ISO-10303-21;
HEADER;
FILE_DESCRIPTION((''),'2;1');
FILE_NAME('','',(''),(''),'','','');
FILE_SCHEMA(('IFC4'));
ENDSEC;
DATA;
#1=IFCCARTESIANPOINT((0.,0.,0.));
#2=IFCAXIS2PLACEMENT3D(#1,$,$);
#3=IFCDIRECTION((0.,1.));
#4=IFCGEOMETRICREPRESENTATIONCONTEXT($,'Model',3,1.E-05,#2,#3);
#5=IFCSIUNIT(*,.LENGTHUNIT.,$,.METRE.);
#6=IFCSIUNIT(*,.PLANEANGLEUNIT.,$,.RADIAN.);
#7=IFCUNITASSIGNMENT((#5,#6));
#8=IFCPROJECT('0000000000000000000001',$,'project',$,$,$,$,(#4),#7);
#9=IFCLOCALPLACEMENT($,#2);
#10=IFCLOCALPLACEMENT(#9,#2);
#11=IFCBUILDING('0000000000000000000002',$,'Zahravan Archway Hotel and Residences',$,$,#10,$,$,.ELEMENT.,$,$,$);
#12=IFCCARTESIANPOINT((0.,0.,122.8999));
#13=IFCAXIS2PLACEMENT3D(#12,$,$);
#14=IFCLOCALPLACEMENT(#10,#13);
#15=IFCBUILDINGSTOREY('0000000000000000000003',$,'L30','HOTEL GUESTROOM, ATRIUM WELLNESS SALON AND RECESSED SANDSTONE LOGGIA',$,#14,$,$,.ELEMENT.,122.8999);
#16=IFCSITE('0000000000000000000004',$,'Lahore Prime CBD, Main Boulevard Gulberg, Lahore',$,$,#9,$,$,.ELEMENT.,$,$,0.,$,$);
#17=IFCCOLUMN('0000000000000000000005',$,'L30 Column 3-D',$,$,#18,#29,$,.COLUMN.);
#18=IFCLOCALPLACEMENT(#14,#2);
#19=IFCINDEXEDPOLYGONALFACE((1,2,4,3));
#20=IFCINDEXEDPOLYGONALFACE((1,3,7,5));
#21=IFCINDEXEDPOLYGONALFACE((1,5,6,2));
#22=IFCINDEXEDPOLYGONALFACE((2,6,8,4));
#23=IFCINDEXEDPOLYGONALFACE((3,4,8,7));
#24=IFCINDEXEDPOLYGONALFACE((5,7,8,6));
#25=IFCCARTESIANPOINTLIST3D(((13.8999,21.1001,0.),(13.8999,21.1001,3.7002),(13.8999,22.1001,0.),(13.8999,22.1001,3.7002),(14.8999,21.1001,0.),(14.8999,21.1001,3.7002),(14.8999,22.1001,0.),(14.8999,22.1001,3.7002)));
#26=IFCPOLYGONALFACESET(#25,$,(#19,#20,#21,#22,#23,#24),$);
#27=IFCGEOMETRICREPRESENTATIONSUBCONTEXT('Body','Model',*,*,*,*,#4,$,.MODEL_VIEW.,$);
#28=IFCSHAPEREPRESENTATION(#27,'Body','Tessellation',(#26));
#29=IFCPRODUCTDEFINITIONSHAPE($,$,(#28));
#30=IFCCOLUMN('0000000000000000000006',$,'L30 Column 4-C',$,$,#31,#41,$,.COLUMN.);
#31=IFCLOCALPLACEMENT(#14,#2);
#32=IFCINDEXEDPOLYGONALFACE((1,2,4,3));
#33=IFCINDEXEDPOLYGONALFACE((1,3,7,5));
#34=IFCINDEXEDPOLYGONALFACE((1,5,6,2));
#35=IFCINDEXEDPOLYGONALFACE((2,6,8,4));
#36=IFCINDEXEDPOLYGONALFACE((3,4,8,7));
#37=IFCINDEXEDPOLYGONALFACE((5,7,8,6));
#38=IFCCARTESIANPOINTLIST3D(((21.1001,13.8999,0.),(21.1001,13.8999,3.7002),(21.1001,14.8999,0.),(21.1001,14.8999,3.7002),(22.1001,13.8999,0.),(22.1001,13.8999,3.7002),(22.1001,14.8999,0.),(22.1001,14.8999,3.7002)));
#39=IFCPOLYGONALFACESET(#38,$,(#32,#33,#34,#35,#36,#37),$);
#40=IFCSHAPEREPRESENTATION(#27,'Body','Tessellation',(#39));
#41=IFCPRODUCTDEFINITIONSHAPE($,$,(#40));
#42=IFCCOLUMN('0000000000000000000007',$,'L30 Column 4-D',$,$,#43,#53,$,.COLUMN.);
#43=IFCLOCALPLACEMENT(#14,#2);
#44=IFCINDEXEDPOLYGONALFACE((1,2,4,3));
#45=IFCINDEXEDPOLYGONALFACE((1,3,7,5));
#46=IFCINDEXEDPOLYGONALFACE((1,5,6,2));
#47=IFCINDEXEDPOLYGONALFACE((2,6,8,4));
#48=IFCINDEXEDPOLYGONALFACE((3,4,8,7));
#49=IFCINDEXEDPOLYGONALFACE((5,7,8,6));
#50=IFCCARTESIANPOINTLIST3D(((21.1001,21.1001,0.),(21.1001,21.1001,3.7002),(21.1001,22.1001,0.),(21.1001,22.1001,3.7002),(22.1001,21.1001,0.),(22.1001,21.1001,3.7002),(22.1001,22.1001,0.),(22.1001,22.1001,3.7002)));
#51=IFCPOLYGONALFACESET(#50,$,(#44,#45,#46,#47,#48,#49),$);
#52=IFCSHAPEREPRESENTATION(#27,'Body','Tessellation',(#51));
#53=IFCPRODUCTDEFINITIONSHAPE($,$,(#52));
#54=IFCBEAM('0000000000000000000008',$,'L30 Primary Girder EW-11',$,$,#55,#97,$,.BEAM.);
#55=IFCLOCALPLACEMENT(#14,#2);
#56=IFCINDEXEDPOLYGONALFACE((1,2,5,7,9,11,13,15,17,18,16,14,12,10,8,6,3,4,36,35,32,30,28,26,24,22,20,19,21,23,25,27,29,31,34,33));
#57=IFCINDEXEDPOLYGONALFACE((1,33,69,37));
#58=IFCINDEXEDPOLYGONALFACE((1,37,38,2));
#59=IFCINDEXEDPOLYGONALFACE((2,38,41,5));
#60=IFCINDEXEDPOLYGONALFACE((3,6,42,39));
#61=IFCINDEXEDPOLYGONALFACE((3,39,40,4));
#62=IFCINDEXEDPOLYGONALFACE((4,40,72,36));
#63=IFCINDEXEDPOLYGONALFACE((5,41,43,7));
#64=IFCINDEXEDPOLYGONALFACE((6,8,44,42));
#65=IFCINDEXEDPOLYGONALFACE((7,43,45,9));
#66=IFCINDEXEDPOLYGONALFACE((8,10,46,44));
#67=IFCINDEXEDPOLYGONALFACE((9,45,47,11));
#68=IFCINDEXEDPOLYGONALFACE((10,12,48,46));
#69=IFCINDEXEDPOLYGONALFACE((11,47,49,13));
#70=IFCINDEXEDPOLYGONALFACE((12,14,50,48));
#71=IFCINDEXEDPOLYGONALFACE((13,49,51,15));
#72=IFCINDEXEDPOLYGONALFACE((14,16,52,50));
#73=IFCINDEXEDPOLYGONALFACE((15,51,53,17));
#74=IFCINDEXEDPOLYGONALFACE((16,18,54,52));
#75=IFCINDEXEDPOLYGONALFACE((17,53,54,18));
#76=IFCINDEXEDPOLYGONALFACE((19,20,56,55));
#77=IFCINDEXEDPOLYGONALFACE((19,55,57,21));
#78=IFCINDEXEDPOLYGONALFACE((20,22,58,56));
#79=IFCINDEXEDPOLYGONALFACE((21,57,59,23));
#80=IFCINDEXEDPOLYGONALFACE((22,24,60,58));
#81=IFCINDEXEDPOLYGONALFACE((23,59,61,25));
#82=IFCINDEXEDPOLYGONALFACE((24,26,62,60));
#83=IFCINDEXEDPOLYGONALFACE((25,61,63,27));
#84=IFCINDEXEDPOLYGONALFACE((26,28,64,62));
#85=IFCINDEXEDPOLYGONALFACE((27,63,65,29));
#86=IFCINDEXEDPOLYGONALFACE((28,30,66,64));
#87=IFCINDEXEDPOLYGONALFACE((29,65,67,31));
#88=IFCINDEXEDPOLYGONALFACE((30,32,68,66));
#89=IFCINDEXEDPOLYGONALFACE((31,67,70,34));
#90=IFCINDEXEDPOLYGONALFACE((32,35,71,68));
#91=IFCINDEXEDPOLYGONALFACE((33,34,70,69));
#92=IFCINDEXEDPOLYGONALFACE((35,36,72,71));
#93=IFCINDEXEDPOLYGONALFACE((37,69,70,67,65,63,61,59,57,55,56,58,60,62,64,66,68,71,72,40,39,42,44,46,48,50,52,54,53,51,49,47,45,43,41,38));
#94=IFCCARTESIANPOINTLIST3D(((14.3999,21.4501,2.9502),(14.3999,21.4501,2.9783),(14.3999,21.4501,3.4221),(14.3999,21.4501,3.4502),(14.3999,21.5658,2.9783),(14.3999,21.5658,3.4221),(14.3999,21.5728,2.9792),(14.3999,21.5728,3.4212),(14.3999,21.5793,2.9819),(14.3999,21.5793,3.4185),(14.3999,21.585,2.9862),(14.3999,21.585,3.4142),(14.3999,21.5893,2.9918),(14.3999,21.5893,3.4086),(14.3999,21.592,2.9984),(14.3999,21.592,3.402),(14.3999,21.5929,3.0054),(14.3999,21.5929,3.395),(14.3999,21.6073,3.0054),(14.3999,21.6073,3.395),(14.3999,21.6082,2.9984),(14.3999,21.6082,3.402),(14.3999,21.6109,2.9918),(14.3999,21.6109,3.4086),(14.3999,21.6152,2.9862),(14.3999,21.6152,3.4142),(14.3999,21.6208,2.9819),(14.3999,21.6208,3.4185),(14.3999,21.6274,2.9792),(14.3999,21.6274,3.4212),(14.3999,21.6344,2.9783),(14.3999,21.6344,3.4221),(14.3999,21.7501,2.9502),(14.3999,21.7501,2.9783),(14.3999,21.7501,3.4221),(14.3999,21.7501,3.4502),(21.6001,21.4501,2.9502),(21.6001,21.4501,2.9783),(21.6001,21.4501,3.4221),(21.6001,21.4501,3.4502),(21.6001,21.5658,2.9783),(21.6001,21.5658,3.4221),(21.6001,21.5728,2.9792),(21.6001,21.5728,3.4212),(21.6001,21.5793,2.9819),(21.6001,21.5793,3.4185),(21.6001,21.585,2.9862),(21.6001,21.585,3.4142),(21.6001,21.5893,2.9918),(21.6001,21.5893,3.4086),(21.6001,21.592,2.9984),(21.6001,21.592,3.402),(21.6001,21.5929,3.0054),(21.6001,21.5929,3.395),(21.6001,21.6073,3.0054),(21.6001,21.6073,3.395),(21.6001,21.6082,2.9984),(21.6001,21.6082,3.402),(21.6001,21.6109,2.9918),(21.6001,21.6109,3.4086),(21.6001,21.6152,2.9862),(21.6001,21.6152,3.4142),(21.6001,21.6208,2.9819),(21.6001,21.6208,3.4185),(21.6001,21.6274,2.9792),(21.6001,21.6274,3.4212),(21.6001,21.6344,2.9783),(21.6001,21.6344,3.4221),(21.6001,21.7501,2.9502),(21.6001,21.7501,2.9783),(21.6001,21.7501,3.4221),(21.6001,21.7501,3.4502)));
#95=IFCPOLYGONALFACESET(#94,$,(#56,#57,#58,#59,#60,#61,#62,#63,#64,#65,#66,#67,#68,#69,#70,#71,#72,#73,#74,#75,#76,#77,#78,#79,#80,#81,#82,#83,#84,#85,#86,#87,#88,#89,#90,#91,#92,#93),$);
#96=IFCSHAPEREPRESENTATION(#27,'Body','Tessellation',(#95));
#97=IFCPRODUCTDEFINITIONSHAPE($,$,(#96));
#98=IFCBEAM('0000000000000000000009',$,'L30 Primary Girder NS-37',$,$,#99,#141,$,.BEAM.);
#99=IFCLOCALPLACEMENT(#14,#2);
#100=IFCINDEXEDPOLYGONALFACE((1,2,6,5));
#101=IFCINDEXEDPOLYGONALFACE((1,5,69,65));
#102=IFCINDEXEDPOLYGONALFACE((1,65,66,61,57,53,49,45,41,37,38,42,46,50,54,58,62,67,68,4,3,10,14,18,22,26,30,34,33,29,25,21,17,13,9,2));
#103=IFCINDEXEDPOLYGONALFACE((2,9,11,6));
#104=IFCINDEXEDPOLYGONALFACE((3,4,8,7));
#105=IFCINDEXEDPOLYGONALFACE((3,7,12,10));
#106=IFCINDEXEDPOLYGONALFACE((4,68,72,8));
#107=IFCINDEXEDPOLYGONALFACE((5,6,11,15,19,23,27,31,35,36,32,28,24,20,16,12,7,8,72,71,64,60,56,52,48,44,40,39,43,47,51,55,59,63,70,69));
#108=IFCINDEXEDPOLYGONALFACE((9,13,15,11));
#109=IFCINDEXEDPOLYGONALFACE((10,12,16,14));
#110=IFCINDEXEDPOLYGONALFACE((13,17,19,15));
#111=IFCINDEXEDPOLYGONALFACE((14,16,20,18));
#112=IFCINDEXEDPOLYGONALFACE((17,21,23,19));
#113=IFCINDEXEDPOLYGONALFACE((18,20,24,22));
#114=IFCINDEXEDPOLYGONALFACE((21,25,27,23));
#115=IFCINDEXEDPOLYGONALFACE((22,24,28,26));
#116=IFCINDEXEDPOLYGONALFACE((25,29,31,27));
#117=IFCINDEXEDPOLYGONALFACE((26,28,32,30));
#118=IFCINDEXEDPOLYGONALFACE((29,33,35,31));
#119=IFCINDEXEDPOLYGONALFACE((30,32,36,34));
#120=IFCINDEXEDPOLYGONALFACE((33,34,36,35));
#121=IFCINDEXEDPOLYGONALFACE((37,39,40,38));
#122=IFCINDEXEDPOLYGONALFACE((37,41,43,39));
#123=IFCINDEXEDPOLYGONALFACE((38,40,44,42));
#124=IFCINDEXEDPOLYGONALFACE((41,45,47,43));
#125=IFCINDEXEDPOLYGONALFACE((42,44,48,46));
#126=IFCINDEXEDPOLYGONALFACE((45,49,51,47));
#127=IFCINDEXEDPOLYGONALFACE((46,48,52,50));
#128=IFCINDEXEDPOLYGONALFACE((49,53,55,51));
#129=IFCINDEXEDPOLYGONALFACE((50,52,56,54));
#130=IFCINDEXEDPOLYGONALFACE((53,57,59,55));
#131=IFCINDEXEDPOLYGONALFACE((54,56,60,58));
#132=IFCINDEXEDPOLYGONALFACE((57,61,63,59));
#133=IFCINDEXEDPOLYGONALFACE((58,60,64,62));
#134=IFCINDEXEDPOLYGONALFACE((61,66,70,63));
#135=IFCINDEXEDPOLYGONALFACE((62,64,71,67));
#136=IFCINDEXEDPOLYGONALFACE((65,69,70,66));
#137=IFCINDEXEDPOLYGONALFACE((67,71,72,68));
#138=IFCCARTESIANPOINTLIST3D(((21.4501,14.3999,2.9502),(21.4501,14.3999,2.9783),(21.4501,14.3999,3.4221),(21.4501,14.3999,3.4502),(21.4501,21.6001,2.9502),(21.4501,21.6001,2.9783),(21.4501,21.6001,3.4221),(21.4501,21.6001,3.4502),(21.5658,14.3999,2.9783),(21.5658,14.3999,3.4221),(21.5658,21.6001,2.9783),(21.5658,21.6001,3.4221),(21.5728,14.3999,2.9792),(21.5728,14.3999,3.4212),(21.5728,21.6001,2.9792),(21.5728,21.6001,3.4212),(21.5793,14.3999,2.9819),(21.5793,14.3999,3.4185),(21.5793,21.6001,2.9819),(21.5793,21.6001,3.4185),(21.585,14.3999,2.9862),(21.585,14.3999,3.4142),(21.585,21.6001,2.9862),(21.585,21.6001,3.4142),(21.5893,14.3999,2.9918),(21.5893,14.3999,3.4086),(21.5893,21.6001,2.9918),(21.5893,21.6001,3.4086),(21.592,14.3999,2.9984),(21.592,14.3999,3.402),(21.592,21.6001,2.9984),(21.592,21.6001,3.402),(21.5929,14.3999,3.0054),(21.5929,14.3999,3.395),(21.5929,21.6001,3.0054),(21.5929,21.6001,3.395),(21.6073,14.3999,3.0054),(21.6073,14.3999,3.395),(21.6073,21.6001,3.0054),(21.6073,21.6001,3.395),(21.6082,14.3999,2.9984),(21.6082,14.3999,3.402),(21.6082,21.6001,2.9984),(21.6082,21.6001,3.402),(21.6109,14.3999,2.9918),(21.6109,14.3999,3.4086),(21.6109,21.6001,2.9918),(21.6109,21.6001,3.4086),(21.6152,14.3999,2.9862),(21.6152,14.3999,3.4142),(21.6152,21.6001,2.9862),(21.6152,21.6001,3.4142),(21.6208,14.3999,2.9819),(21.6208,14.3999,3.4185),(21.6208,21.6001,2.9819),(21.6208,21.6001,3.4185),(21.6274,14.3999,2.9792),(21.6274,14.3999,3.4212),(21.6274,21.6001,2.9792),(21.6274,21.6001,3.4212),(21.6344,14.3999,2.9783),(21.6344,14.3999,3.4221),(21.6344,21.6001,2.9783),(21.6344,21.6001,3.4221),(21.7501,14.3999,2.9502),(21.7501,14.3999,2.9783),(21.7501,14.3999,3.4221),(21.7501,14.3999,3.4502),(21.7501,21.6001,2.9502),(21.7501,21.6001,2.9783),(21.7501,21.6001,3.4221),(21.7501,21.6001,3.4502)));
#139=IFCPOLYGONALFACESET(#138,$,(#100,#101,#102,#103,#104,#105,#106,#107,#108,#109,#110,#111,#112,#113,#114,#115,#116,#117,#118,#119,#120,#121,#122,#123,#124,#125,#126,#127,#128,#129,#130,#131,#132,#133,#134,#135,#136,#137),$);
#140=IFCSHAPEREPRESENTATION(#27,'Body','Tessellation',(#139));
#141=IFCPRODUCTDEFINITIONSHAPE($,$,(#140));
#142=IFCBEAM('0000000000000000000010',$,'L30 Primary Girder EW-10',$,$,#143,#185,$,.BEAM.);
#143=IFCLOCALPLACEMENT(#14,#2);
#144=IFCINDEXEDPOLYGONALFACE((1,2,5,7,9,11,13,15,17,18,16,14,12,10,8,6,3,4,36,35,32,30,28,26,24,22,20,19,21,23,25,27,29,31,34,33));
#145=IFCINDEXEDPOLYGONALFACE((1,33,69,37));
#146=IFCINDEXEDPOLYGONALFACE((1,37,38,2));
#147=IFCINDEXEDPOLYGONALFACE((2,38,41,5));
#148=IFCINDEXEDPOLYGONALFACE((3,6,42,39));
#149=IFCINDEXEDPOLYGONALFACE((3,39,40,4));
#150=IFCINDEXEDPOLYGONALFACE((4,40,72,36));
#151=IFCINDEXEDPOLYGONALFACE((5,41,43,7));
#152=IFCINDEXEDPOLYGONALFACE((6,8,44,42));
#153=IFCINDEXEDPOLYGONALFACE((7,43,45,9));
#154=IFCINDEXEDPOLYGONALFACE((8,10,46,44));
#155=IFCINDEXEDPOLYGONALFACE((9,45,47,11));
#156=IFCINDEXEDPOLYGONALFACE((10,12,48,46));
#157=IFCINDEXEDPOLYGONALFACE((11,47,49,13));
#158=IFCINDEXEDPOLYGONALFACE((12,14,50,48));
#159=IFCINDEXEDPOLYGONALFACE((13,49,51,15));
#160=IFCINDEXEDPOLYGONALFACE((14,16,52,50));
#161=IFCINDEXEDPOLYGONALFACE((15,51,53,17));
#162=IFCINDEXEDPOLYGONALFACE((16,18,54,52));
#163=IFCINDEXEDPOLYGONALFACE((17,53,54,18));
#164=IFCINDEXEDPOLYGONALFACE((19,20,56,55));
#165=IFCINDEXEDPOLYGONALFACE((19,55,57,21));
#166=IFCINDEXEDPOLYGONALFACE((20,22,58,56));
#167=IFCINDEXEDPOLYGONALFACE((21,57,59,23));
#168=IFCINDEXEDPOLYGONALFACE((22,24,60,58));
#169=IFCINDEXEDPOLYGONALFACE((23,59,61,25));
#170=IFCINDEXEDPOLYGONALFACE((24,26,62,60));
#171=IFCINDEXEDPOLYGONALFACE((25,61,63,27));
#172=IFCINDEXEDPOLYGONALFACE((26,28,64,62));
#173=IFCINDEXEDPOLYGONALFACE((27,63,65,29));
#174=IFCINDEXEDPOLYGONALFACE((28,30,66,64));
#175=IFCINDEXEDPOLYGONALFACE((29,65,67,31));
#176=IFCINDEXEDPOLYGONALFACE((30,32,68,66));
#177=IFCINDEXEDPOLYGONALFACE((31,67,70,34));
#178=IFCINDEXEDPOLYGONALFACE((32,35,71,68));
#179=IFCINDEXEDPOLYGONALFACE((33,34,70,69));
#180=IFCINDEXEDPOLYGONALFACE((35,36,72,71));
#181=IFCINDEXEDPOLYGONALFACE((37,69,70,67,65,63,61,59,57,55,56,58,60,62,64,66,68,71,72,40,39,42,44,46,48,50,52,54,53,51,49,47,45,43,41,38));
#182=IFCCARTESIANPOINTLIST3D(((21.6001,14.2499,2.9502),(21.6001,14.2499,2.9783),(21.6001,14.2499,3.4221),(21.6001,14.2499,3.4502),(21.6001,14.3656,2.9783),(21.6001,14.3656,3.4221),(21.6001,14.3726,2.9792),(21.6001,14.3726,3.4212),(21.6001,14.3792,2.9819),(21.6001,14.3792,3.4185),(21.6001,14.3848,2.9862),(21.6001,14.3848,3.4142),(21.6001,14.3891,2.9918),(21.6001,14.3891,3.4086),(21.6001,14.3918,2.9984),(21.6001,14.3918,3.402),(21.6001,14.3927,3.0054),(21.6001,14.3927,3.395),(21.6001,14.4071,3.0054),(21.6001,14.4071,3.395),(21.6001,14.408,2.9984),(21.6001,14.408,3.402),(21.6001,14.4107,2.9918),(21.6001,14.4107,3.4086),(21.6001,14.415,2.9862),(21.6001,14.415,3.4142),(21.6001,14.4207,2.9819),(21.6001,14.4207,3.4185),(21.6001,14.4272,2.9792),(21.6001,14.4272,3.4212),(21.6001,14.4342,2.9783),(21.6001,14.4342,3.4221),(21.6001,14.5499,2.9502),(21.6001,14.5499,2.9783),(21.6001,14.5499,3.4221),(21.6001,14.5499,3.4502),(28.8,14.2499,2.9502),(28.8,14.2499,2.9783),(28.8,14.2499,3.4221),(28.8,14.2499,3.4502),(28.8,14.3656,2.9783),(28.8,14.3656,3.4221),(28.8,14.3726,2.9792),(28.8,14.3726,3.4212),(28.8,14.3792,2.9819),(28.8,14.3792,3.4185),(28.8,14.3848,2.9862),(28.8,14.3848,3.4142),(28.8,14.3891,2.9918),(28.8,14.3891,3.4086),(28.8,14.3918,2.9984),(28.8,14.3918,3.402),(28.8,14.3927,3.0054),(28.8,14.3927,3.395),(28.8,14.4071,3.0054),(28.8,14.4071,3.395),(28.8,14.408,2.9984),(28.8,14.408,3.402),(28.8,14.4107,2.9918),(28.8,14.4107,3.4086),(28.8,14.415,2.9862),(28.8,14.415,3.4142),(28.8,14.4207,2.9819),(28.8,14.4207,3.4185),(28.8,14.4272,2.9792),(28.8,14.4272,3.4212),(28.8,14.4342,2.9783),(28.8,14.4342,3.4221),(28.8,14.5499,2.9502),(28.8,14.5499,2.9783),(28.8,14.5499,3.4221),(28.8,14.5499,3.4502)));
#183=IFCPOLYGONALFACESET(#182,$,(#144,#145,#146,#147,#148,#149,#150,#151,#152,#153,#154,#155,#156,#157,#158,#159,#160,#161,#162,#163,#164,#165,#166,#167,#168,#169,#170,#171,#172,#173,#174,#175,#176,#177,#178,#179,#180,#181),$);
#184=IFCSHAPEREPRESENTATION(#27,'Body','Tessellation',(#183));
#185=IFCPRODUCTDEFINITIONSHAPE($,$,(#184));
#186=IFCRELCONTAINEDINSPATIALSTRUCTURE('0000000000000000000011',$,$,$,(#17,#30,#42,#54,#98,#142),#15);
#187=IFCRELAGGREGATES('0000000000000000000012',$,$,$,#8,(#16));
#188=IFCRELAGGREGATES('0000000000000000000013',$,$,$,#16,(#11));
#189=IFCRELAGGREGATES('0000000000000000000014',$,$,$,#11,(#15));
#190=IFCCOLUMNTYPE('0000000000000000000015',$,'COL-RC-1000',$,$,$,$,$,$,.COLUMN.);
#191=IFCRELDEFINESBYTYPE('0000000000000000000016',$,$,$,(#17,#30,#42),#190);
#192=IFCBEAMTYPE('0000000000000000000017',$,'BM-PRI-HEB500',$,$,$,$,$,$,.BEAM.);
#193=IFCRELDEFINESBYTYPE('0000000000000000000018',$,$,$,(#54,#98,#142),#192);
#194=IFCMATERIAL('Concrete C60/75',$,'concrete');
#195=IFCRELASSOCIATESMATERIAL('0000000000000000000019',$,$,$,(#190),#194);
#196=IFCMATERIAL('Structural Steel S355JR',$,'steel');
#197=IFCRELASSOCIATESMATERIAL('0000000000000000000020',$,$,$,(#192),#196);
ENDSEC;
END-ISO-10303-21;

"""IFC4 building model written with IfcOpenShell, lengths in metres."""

from ifc_helpers import new_model, si_unit, direction, frame, origin, origin_2d, place, context, subcontext, project, spatial, rectangle, i_section, extrude, source, transform, mapped, material, material_profile, profile_set, type_object, type_shapes, element, save


model = new_model("IFC4")

# Units and contexts
model_context = context("Model", 3, precision=1e-05, world=origin(), true_north=direction((0.0, 1.0)))
body_context = subcontext(model_context, "Body", "Model", "MODEL_VIEW")
ifc_project = project(units=[si_unit("LENGTHUNIT", "METRE"), si_unit("PLANEANGLEUNIT", "RADIAN")], contexts=[model_context])

# Site, building, storey
site_placement = place(None, origin())
site = spatial("IfcSite", under=ifc_project, at=site_placement, Name="Lahore Prime CBD, Main Boulevard Gulberg, Lahore", CompositionType="ELEMENT", RefElevation=0.0)
building_placement = place(site_placement, origin())
building = spatial("IfcBuilding", under=site, at=building_placement, Name="Zahravan Archway Hotel and Residences", CompositionType="ELEMENT")
storey_placement = place(building_placement, frame((0.0, 0.0, 122.8999)))
storey = spatial("IfcBuildingStorey", under=building, at=storey_placement, Name="L30", Description="HOTEL GUESTROOM, ATRIUM WELLNESS SALON AND RECESSED SANDSTONE LOGGIA", CompositionType="ELEMENT", Elevation=122.8999)

# Columns
ifc_material_1 = material(Name="Concrete C60/75", Category="concrete")
ifc_material_profile_1 = material_profile(ifc_material_1, rectangle(XDim=1.0, YDim=1.0, at=origin_2d()), Name="RC-COL-1000x1000", Category="concrete")
ifc_profile_set_1 = profile_set([ifc_material_profile_1], Name="Concrete C60/75")
column_type = type_object("IfcColumnType", Name="COL-RC-1000", PredefinedType="COLUMN", material=ifc_profile_set_1)
shared_shape_1 = source(origin(), body_context, "Body", "SweptSolid", [
    extrude(rectangle(XDim=1.0, YDim=1.0, at=origin_2d()), origin(), (0.0, 0.0, 1.0), 3.7002),
])
for number, where, z_axis, x_axis, name in (
    (1, (14.3999, 21.6001, 0.0), (0.0, 0.0, 1.0), (1.0, 0.0, 0.0), "L30 Column 3-D"),
    (2, (21.6001, 14.3999, 0.0), (0.0, 0.0, 1.0), (1.0, 0.0, 0.0), "L30 Column 4-C"),
    (3, (21.6001, 21.6001, 0.0), (0.0, 0.0, 1.0), (1.0, 0.0, 0.0), "L30 Column 4-D"),
):
    element("IfcColumn", number, at=place(storey_placement, frame(where, z_axis=z_axis, x_axis=x_axis)), inside=storey, type_object=column_type, Name=name, PredefinedType="COLUMN", context=body_context, shape_type="MappedRepresentation", body=[
        mapped(shared_shape_1, transform((0.0, 0.0, 0.0), scale=1.0)),
    ])

# Beams
ifc_material_2 = material(Name="Structural Steel S355JR", Category="steel")
ifc_material_profile_2 = material_profile(ifc_material_2, i_section(OverallWidth=0.3, OverallDepth=0.5, WebThickness=0.0144, FlangeThickness=0.0281, FilletRadius=0.0271, at=origin_2d()), Name="HEB 500", Category="steel")
ifc_profile_set_2 = profile_set([ifc_material_profile_2], Name="Structural Steel S355JR")
beam_type_1 = type_object("IfcBeamType", Name="BM-PRI-HEB500", PredefinedType="BEAM", material=ifc_profile_set_2)
shared_shape_2 = source(origin(), body_context, "Body", "SweptSolid", [
    extrude(i_section(OverallWidth=0.3, OverallDepth=0.5, WebThickness=0.0144, FlangeThickness=0.0281, FilletRadius=0.0271, at=origin_2d()), origin(), (0.0, 0.0, 1.0), 7.2002),
])
type_shapes(beam_type_1, [shared_shape_2])
for number, where, z_axis, x_axis, name in (
    (4, (14.3999, 21.6001, 3.2002), (1.0, 0.0, 0.0), (0.0, 1.0, 0.0), "L30 Primary Girder EW-11"),
    (5, (21.6001, 14.3999, 3.2002), (0.0, 1.0, 0.0), (-1.0, 0.0, 0.0), "L30 Primary Girder NS-37"),
):
    element("IfcBeam", number, at=place(storey_placement, frame(where, z_axis=z_axis, x_axis=x_axis)), inside=storey, type_object=beam_type_1, Name=name, PredefinedType="BEAM", context=body_context, shape_type="MappedRepresentation", body=[
        mapped(shared_shape_2, transform((0.0, 0.0, 0.0), scale=1.0)),
    ])
shared_shape_3 = source(origin(), body_context, "Body", "SweptSolid", [
    extrude(i_section(OverallWidth=0.3, OverallDepth=0.5, WebThickness=0.0144, FlangeThickness=0.0281, FilletRadius=0.0271, at=origin_2d()), origin(), (0.0, 0.0, 1.0), 7.2),
])
beam_1_placement = place(storey_placement, frame((21.6001, 14.3999, 3.2002), z_axis=(1.0, 0.0, 0.0), x_axis=(0.0, 1.0, 0.0)))
element("IfcBeam", 6, at=beam_1_placement, inside=storey, type_object=beam_type_1, Name="L30 Primary Girder EW-10", PredefinedType="BEAM", context=body_context, shape_type="MappedRepresentation", body=[
    mapped(shared_shape_3, transform((0.0, 0.0, 0.0), scale=1.0)),
])

save(model, "model.ifc")
